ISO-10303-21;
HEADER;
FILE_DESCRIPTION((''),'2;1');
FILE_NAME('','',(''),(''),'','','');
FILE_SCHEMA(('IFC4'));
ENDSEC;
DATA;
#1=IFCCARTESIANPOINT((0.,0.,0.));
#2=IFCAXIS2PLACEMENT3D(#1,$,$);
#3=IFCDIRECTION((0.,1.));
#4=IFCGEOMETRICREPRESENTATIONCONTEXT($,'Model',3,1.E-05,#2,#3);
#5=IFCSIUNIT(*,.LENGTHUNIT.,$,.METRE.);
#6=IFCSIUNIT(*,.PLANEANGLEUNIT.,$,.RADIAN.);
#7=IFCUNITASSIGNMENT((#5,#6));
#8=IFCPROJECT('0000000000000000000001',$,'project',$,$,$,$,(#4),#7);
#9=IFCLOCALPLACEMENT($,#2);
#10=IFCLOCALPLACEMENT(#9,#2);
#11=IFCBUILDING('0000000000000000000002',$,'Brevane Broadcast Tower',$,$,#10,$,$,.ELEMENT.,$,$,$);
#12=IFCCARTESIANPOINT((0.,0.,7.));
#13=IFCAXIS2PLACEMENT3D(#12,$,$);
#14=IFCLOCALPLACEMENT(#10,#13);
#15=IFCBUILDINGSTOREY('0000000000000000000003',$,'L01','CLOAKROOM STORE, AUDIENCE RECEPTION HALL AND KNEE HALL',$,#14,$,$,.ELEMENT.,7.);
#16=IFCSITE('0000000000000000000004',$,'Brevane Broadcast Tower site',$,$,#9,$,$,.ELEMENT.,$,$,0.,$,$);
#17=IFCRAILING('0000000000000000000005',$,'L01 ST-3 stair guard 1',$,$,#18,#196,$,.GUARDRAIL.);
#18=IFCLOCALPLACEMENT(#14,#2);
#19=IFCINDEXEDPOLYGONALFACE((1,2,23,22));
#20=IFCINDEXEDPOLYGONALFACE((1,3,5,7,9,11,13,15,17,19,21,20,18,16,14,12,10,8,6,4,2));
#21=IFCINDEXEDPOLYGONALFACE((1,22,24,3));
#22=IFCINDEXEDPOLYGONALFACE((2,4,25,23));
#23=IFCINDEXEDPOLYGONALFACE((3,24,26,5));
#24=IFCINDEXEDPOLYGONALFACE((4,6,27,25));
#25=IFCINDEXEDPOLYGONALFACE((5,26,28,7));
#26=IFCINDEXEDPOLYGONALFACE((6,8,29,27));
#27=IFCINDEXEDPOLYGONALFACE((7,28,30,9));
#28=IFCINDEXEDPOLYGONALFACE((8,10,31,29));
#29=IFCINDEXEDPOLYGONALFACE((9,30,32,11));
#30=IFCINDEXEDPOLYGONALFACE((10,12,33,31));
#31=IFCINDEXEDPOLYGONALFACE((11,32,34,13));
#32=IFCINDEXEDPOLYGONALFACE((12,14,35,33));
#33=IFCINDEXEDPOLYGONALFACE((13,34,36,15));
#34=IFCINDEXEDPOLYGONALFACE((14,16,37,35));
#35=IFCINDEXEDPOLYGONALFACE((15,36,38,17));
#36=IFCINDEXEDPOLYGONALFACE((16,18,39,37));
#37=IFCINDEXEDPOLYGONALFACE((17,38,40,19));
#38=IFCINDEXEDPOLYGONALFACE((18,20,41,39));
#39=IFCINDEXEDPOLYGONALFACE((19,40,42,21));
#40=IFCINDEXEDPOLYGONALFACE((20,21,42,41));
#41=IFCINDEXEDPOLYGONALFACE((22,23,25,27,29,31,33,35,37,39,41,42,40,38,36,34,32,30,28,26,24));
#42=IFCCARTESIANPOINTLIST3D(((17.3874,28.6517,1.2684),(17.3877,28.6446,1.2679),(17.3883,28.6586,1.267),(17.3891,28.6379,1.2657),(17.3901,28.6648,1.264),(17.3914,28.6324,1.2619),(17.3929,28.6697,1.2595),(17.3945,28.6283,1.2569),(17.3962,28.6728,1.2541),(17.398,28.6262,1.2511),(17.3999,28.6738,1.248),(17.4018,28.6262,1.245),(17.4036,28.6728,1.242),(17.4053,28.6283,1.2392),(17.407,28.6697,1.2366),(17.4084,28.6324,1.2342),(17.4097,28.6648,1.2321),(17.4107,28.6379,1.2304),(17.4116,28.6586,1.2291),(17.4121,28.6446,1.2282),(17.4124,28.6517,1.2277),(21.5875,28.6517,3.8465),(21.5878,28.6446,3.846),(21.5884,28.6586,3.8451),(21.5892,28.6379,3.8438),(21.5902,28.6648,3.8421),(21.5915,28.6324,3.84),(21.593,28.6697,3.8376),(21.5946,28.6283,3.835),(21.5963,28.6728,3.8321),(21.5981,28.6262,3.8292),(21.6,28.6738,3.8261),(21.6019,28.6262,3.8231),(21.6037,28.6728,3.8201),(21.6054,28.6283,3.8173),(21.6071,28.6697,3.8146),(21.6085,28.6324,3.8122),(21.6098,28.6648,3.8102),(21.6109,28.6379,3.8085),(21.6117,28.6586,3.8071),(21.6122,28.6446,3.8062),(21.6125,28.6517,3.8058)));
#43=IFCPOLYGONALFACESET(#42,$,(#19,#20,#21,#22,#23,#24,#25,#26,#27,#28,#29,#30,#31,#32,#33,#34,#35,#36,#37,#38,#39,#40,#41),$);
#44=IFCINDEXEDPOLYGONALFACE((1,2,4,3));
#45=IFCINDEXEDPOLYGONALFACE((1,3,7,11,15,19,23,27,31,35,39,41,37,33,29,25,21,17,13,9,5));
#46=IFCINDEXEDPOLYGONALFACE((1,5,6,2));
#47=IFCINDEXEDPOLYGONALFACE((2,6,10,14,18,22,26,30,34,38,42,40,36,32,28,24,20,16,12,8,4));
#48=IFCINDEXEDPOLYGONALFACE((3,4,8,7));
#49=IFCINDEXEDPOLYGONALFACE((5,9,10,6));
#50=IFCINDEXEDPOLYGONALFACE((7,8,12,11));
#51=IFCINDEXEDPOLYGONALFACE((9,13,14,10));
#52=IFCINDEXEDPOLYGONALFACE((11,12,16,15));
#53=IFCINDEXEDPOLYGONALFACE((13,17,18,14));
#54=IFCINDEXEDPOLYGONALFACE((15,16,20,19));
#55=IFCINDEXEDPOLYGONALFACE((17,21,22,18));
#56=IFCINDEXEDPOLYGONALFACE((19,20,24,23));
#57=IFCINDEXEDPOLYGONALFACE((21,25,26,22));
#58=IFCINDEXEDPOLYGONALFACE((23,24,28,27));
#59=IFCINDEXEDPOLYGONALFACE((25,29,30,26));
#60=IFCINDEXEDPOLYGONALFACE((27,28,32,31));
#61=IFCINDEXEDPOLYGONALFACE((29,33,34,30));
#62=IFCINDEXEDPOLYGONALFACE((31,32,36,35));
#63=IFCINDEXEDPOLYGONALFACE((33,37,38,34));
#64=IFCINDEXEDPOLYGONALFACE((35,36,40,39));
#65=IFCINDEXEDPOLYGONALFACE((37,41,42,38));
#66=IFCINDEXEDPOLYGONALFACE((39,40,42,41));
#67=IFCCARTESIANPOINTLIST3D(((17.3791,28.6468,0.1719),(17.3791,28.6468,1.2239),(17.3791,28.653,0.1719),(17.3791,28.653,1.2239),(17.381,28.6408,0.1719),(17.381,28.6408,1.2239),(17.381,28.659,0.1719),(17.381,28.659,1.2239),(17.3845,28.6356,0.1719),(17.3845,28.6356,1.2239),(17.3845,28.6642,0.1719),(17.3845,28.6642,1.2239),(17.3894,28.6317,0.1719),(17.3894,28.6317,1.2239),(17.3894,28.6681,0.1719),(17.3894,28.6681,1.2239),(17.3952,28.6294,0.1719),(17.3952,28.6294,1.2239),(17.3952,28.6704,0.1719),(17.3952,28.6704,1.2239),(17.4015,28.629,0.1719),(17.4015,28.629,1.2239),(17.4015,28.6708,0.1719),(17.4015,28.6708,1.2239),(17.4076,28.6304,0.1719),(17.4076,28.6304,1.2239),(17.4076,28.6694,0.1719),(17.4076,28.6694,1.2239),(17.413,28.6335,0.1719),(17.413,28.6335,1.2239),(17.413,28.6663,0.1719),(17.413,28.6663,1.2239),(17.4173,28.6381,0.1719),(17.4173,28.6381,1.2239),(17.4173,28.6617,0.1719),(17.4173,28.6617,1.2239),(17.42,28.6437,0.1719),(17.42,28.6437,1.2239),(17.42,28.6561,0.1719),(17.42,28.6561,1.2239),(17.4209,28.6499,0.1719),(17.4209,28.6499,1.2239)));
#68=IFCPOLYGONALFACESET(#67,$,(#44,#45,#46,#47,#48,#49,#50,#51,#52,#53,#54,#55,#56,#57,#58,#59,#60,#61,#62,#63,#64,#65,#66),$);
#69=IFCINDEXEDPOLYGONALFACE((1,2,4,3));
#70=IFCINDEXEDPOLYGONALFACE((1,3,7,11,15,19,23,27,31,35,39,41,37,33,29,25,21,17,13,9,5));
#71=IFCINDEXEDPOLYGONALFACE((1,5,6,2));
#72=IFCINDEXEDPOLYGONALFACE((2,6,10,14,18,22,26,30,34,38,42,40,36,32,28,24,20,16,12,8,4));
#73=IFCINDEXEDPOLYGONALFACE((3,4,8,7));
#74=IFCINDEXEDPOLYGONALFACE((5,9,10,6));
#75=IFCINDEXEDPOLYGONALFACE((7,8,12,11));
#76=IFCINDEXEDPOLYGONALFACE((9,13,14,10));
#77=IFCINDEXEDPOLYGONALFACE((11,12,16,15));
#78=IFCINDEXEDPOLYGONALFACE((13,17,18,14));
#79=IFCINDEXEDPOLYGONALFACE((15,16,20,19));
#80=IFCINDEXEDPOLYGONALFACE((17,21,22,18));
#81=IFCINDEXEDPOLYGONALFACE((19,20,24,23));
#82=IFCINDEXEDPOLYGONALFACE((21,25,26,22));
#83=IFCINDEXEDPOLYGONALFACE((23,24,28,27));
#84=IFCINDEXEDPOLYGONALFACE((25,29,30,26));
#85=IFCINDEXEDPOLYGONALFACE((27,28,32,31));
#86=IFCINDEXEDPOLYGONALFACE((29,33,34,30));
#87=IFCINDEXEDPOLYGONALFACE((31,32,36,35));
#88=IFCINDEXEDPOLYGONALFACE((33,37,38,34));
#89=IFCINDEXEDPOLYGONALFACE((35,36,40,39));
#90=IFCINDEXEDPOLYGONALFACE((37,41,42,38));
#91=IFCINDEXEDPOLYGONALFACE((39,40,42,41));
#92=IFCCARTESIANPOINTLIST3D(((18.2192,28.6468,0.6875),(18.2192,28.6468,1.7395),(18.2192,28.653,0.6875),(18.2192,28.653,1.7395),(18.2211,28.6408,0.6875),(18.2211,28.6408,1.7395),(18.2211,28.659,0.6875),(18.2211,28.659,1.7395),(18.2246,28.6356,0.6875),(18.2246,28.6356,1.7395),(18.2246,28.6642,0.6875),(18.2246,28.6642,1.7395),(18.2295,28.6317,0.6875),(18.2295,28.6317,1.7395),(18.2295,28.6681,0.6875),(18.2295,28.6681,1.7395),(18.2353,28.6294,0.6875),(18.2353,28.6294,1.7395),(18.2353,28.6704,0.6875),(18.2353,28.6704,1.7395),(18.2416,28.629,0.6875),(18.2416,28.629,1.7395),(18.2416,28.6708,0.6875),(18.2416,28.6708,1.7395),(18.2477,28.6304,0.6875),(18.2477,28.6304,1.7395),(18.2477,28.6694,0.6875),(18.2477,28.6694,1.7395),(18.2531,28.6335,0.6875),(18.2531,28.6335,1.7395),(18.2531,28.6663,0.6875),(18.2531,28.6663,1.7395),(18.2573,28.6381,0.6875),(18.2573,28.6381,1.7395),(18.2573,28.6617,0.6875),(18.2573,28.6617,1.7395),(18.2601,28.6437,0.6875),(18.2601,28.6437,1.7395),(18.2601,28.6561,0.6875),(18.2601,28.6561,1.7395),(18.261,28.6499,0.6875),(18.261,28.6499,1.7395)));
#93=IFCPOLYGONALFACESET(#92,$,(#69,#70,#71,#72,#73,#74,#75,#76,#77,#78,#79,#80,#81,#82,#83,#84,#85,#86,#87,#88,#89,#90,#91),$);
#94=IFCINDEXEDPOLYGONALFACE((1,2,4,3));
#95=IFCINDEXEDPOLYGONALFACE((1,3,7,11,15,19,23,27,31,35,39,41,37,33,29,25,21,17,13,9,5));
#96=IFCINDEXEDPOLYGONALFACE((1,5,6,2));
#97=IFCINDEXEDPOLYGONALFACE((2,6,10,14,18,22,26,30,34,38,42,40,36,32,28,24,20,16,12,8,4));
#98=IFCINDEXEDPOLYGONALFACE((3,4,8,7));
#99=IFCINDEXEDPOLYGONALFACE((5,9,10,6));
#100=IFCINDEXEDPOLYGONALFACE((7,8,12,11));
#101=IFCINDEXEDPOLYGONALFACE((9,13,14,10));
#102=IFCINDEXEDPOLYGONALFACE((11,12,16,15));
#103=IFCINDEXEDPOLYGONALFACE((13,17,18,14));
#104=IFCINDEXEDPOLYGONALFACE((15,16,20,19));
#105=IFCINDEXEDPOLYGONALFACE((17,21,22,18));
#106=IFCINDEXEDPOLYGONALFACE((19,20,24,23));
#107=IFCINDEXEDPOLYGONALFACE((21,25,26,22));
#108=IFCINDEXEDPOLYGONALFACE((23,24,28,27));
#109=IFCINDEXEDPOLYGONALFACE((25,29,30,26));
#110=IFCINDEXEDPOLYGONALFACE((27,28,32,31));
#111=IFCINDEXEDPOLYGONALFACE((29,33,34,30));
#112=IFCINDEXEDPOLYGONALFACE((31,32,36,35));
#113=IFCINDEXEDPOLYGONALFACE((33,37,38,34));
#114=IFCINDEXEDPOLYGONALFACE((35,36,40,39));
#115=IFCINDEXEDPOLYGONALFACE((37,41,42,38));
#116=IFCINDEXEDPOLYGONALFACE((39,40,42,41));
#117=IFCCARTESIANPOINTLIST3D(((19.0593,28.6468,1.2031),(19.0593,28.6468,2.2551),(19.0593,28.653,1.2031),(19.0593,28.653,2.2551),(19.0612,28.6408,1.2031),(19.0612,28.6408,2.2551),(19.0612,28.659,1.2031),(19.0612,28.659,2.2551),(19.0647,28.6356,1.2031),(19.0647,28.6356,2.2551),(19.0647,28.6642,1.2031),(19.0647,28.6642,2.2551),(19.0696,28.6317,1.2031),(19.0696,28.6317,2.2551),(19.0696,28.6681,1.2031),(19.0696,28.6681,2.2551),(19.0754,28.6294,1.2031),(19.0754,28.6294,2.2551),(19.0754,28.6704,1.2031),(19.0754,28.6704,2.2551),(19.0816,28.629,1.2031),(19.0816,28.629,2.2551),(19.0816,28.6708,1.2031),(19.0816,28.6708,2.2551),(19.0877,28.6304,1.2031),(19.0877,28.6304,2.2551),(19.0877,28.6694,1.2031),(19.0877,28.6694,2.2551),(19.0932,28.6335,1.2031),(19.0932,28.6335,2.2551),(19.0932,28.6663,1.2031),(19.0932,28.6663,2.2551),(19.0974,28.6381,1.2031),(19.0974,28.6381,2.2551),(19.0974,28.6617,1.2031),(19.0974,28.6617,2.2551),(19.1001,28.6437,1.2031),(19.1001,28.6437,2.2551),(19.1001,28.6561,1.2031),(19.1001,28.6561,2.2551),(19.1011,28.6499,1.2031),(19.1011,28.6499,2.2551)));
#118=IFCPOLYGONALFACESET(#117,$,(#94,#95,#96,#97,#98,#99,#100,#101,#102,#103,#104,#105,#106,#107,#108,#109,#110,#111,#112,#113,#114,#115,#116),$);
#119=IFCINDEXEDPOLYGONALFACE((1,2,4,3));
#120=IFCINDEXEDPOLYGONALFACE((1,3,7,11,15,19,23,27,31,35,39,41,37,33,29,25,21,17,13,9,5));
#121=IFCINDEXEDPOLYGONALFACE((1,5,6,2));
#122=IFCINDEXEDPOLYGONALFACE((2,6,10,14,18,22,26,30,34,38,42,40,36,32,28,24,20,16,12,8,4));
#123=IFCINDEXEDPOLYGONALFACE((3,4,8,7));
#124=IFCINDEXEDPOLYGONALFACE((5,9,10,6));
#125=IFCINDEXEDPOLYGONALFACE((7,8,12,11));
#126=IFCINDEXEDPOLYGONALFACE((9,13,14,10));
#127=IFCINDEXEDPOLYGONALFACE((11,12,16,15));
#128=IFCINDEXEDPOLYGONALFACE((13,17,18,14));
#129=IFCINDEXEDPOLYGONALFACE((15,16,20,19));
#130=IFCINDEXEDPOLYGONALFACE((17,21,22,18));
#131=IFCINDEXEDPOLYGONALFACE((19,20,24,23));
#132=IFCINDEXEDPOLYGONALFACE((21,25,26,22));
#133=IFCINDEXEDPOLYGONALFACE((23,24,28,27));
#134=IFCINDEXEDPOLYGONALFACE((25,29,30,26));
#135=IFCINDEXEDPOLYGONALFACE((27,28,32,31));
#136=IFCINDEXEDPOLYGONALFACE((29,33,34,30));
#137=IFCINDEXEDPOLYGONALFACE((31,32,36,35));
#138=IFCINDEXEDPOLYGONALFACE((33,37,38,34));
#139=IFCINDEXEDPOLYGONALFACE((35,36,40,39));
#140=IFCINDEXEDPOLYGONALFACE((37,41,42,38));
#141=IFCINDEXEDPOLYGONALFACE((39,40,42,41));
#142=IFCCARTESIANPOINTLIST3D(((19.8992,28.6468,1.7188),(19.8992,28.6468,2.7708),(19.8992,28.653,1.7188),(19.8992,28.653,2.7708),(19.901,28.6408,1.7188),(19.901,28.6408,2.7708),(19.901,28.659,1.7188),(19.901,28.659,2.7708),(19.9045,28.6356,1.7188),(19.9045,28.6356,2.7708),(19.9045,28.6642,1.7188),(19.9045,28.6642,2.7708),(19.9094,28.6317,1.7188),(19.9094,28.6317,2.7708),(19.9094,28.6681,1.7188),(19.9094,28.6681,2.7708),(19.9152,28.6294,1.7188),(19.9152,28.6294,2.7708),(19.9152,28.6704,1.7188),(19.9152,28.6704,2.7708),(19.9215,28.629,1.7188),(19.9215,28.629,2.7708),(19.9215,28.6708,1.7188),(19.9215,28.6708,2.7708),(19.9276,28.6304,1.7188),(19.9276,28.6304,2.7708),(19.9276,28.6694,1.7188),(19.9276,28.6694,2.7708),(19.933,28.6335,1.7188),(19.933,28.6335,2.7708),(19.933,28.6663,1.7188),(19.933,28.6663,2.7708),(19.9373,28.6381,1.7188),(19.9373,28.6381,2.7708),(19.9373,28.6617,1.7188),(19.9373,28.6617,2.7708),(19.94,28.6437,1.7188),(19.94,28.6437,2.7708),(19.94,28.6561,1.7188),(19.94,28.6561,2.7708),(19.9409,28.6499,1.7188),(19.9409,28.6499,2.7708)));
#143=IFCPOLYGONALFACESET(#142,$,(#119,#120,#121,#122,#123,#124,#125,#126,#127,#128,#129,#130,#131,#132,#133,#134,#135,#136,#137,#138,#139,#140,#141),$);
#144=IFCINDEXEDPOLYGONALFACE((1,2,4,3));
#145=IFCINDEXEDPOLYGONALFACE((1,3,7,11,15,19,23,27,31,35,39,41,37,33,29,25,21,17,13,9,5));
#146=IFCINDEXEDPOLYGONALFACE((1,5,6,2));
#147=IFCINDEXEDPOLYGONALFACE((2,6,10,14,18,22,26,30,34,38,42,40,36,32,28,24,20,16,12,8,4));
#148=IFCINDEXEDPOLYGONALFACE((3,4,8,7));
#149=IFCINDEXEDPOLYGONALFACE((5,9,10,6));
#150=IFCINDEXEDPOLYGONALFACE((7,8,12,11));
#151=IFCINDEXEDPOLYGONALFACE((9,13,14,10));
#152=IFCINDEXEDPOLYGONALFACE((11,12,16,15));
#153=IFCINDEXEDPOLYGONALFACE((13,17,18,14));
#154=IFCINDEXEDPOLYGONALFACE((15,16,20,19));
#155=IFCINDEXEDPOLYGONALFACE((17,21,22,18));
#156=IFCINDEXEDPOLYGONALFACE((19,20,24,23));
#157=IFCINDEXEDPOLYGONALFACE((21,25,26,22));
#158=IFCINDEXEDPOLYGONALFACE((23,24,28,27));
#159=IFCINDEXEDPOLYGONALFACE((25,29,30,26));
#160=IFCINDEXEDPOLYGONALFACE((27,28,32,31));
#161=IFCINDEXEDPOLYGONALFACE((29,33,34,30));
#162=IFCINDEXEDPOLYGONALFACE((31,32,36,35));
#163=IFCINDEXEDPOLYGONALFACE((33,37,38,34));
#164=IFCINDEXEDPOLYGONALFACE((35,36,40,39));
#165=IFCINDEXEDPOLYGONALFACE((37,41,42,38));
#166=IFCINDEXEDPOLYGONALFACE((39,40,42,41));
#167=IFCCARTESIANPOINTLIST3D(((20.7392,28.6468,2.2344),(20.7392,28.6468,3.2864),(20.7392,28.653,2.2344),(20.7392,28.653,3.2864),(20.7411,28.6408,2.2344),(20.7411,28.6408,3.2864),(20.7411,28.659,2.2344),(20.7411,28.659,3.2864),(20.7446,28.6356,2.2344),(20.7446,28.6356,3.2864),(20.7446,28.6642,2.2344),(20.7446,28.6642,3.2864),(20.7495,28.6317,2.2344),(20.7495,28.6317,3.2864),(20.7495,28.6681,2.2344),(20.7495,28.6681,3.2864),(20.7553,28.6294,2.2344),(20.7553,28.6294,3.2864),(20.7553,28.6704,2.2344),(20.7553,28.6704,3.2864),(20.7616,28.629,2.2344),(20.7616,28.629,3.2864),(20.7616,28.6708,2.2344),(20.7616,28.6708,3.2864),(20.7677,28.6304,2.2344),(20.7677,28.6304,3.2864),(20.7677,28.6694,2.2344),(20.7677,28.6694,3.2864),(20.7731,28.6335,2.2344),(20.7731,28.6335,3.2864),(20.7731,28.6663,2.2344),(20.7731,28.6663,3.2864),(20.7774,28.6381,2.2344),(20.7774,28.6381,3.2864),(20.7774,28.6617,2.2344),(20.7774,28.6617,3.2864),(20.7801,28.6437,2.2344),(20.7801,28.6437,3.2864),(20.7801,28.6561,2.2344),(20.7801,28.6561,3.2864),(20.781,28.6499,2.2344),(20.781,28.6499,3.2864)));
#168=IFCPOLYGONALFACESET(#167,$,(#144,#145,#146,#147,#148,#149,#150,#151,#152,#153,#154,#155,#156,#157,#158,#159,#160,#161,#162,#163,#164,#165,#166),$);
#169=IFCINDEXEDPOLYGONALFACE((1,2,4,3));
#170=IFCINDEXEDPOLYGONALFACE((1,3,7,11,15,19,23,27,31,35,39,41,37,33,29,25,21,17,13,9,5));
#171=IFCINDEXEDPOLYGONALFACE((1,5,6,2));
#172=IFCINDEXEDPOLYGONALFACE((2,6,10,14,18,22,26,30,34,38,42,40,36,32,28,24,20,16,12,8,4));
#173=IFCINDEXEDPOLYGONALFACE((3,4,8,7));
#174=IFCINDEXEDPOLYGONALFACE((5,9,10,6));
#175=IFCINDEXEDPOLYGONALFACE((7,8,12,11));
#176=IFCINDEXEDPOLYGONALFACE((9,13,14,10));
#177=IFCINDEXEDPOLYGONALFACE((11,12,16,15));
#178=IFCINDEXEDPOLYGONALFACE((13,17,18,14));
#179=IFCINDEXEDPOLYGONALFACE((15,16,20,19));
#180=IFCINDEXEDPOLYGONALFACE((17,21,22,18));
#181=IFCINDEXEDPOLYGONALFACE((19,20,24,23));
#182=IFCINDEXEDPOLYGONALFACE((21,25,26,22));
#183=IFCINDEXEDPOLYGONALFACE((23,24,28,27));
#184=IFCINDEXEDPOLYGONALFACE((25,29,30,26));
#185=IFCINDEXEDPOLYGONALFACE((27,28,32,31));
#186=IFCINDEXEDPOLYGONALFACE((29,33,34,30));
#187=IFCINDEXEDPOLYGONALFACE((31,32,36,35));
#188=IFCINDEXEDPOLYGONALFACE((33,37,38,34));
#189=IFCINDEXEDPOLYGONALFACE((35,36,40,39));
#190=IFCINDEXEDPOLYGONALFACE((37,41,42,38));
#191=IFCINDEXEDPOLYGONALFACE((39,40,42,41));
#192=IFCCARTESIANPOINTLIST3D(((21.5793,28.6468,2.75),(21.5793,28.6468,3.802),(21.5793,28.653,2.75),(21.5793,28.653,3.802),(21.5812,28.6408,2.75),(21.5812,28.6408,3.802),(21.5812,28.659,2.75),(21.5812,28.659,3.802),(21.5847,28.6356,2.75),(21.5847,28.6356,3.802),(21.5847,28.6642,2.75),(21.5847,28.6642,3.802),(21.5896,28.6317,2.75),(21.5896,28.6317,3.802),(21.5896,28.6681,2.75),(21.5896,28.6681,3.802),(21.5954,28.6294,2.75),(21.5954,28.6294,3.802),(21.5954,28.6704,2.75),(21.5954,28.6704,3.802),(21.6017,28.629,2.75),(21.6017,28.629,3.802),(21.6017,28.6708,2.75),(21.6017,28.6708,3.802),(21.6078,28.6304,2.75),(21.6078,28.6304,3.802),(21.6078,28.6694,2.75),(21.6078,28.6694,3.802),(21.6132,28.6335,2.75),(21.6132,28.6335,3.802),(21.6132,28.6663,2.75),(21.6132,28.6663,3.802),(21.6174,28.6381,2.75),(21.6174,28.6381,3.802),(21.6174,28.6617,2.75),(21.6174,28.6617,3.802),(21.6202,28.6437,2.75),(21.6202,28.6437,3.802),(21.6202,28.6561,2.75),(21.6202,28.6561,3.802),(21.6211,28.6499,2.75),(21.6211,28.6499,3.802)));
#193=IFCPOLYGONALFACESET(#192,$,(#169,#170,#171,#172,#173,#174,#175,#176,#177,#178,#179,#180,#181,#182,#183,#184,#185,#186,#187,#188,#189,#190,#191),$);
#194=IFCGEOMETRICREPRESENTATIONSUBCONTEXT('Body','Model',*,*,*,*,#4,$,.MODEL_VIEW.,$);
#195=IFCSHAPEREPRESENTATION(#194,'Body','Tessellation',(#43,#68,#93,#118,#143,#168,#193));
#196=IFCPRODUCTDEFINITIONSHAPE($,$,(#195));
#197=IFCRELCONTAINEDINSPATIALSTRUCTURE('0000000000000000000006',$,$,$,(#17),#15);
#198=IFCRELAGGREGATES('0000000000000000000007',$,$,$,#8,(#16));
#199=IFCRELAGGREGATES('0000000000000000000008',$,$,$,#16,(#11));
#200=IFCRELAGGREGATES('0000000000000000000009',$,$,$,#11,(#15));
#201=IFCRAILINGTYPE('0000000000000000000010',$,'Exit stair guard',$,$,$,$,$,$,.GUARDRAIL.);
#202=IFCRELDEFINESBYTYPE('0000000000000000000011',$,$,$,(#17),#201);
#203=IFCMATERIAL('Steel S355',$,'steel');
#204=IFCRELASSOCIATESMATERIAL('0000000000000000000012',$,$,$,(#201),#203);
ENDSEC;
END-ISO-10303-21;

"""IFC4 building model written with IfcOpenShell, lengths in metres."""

from ifc_helpers import new_model, si_unit, direction, frame, origin, origin_2d, place, context, subcontext, project, spatial, circle, extrude, material, type_object, element, save


model = new_model("IFC4")

# Units and contexts
model_context = context("Model", 3, precision=1e-05, world=origin(), true_north=direction((0.0, 1.0)))
body_context = subcontext(model_context, "Body", "Model", "MODEL_VIEW")
ifc_project = project(units=[si_unit("LENGTHUNIT", "METRE"), si_unit("PLANEANGLEUNIT", "RADIAN")], contexts=[model_context])

# Site, building, storey
site_placement = place(None, origin())
site = spatial("IfcSite", under=ifc_project, at=site_placement, Name="Brevane Broadcast Tower site", CompositionType="ELEMENT", RefElevation=0.0)
building_placement = place(site_placement, origin())
building = spatial("IfcBuilding", under=site, at=building_placement, Name="Brevane Broadcast Tower", CompositionType="ELEMENT")
storey_placement = place(building_placement, frame((0.0, 0.0, 7.0)))
storey = spatial("IfcBuildingStorey", under=building, at=storey_placement, Name="L01", Description="CLOAKROOM STORE, AUDIENCE RECEPTION HALL AND KNEE HALL", CompositionType="ELEMENT", Elevation=7.0)

# Railing
ifc_material_1 = material(Name="Steel S355", Category="steel")
railing_type_1 = type_object("IfcRailingType", Name="Exit stair guard", PredefinedType="GUARDRAIL", material=ifc_material_1)
railing_1_placement = place(storey_placement, frame((17.3999, 28.6499, 0.1719)))
element("IfcRailing", 1, at=railing_1_placement, inside=storey, type_object=railing_type_1, Name="L01 ST-3 stair guard 1", PredefinedType="GUARDRAIL", context=body_context, shape_type="SweptSolid", body=[
    extrude(circle(Radius=0.0239, at=origin_2d()), frame((0.0, 0.0, 1.0762), z_axis=(0.852256, 0.0, 0.523124), x_axis=(0.0, 1.0, 0.0)), (0.0, 0.0, 1.0), 4.9282),
    extrude(circle(Radius=0.021, at=origin_2d()), origin(), (0.0, 0.0, 1.0), 1.052),
    extrude(circle(Radius=0.021, at=origin_2d()), frame((0.8401, 0.0, 0.5156)), (0.0, 0.0, 1.0), 1.052),
    extrude(circle(Radius=0.021, at=origin_2d()), frame((1.6802, 0.0, 1.0312)), (0.0, 0.0, 1.0), 1.052),
    extrude(circle(Radius=0.021, at=origin_2d()), frame((2.52, 0.0, 1.5469)), (0.0, 0.0, 1.0), 1.052),
    extrude(circle(Radius=0.021, at=origin_2d()), frame((3.3601, 0.0, 2.0625)), (0.0, 0.0, 1.0), 1.052),
    extrude(circle(Radius=0.021, at=origin_2d()), frame((4.2002, 0.0, 2.5781)), (0.0, 0.0, 1.0), 1.052),
])

save(model, "model.ifc")
